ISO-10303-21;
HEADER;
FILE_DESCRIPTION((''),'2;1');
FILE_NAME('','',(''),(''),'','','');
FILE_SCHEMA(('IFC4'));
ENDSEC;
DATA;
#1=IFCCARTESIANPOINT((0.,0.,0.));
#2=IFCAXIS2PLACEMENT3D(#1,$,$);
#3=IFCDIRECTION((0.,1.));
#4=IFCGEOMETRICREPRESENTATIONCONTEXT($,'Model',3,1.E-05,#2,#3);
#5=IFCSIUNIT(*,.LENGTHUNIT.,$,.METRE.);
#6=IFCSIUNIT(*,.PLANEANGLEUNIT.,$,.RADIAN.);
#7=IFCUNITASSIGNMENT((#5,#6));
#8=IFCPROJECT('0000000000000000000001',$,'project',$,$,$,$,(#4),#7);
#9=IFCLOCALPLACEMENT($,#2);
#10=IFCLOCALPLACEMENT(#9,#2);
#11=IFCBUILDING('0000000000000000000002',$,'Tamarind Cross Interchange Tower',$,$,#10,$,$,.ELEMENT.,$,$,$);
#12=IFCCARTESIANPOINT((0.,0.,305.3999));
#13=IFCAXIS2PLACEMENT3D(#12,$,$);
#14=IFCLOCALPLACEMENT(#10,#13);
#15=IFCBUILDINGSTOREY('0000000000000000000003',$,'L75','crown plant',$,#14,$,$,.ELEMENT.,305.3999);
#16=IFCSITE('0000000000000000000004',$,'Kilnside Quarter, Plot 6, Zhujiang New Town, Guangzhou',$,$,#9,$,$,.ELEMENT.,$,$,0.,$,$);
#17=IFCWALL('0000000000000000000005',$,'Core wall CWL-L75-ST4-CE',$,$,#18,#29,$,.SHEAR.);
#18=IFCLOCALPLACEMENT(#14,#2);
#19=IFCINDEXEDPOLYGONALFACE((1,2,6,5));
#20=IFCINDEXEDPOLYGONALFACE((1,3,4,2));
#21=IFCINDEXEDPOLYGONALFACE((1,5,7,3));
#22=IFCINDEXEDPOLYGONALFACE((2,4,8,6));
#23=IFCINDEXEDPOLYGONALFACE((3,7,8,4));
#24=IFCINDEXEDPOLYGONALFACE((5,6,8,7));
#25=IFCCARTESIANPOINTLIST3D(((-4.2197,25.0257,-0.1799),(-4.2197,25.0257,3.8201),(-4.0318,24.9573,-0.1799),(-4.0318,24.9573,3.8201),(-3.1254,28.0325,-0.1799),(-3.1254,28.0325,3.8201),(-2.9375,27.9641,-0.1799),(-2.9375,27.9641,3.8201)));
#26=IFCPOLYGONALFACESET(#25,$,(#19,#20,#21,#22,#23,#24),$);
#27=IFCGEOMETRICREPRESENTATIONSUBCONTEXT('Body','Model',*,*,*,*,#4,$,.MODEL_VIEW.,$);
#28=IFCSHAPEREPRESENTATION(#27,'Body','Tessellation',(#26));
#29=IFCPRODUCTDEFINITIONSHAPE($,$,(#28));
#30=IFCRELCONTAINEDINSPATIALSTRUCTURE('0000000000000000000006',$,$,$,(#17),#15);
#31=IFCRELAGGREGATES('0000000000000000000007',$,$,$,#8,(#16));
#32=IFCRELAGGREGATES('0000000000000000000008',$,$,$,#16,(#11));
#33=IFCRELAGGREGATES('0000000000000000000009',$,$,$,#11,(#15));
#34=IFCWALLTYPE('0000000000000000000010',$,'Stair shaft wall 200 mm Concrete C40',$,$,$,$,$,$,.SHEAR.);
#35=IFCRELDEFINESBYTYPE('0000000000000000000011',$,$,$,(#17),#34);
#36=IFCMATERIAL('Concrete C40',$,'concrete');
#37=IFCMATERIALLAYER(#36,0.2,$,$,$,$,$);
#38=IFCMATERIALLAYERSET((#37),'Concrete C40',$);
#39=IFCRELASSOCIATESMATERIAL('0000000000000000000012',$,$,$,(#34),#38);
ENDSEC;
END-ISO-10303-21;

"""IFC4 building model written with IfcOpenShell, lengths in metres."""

from ifc_helpers import new_model, si_unit, direction, frame, frame_2d, origin, place, context, subcontext, project, spatial, rectangle, extrude, material, layer, layer_set, type_object, element, save


model = new_model("IFC4")

# Units and contexts
model_context = context("Model", 3, precision=1e-05, world=origin(), true_north=direction((0.0, 1.0)))
body_context = subcontext(model_context, "Body", "Model", "MODEL_VIEW")
ifc_project = project(units=[si_unit("LENGTHUNIT", "METRE"), si_unit("PLANEANGLEUNIT", "RADIAN")], contexts=[model_context])

# Site, building, storey
site_placement = place(None, origin())
site = spatial("IfcSite", under=ifc_project, at=site_placement, Name="Kilnside Quarter, Plot 6, Zhujiang New Town, Guangzhou", CompositionType="ELEMENT", RefElevation=0.0)
building_placement = place(site_placement, origin())
building = spatial("IfcBuilding", under=site, at=building_placement, Name="Tamarind Cross Interchange Tower", CompositionType="ELEMENT")
storey_placement = place(building_placement, frame((0.0, 0.0, 305.3999)))
storey = spatial("IfcBuildingStorey", under=building, at=storey_placement, Name="L75", Description="crown plant", CompositionType="ELEMENT", Elevation=305.3999)

# Wall
ifc_material_1 = material(Name="Concrete C40", Category="concrete")
ifc_layer_1 = layer(ifc_material_1, 0.2)
ifc_layer_set_1 = layer_set([ifc_layer_1], Name="Concrete C40")
wall_type_1 = type_object("IfcWallType", Name="Stair shaft wall 200 mm Concrete C40", PredefinedType="SHEAR", material=ifc_layer_set_1)
wall_1_placement = place(storey_placement, frame((-3.0315, 27.9983, -0.1799), z_axis=(0.0, 0.0, 1.0), x_axis=(-0.341976, -0.939709, 0.0)))
element("IfcWall", 1, at=wall_1_placement, inside=storey, type_object=wall_type_1, Name="Core wall CWL-L75-ST4-CE", PredefinedType="SHEAR", context=body_context, shape_type="SweptSolid", body=[
    extrude(rectangle(XDim=3.1997, YDim=0.2, at=frame_2d((1.5999, 0.0))), origin(), (0.0, 0.0, 1.0), 4.0),
])

save(model, "model.ifc")
